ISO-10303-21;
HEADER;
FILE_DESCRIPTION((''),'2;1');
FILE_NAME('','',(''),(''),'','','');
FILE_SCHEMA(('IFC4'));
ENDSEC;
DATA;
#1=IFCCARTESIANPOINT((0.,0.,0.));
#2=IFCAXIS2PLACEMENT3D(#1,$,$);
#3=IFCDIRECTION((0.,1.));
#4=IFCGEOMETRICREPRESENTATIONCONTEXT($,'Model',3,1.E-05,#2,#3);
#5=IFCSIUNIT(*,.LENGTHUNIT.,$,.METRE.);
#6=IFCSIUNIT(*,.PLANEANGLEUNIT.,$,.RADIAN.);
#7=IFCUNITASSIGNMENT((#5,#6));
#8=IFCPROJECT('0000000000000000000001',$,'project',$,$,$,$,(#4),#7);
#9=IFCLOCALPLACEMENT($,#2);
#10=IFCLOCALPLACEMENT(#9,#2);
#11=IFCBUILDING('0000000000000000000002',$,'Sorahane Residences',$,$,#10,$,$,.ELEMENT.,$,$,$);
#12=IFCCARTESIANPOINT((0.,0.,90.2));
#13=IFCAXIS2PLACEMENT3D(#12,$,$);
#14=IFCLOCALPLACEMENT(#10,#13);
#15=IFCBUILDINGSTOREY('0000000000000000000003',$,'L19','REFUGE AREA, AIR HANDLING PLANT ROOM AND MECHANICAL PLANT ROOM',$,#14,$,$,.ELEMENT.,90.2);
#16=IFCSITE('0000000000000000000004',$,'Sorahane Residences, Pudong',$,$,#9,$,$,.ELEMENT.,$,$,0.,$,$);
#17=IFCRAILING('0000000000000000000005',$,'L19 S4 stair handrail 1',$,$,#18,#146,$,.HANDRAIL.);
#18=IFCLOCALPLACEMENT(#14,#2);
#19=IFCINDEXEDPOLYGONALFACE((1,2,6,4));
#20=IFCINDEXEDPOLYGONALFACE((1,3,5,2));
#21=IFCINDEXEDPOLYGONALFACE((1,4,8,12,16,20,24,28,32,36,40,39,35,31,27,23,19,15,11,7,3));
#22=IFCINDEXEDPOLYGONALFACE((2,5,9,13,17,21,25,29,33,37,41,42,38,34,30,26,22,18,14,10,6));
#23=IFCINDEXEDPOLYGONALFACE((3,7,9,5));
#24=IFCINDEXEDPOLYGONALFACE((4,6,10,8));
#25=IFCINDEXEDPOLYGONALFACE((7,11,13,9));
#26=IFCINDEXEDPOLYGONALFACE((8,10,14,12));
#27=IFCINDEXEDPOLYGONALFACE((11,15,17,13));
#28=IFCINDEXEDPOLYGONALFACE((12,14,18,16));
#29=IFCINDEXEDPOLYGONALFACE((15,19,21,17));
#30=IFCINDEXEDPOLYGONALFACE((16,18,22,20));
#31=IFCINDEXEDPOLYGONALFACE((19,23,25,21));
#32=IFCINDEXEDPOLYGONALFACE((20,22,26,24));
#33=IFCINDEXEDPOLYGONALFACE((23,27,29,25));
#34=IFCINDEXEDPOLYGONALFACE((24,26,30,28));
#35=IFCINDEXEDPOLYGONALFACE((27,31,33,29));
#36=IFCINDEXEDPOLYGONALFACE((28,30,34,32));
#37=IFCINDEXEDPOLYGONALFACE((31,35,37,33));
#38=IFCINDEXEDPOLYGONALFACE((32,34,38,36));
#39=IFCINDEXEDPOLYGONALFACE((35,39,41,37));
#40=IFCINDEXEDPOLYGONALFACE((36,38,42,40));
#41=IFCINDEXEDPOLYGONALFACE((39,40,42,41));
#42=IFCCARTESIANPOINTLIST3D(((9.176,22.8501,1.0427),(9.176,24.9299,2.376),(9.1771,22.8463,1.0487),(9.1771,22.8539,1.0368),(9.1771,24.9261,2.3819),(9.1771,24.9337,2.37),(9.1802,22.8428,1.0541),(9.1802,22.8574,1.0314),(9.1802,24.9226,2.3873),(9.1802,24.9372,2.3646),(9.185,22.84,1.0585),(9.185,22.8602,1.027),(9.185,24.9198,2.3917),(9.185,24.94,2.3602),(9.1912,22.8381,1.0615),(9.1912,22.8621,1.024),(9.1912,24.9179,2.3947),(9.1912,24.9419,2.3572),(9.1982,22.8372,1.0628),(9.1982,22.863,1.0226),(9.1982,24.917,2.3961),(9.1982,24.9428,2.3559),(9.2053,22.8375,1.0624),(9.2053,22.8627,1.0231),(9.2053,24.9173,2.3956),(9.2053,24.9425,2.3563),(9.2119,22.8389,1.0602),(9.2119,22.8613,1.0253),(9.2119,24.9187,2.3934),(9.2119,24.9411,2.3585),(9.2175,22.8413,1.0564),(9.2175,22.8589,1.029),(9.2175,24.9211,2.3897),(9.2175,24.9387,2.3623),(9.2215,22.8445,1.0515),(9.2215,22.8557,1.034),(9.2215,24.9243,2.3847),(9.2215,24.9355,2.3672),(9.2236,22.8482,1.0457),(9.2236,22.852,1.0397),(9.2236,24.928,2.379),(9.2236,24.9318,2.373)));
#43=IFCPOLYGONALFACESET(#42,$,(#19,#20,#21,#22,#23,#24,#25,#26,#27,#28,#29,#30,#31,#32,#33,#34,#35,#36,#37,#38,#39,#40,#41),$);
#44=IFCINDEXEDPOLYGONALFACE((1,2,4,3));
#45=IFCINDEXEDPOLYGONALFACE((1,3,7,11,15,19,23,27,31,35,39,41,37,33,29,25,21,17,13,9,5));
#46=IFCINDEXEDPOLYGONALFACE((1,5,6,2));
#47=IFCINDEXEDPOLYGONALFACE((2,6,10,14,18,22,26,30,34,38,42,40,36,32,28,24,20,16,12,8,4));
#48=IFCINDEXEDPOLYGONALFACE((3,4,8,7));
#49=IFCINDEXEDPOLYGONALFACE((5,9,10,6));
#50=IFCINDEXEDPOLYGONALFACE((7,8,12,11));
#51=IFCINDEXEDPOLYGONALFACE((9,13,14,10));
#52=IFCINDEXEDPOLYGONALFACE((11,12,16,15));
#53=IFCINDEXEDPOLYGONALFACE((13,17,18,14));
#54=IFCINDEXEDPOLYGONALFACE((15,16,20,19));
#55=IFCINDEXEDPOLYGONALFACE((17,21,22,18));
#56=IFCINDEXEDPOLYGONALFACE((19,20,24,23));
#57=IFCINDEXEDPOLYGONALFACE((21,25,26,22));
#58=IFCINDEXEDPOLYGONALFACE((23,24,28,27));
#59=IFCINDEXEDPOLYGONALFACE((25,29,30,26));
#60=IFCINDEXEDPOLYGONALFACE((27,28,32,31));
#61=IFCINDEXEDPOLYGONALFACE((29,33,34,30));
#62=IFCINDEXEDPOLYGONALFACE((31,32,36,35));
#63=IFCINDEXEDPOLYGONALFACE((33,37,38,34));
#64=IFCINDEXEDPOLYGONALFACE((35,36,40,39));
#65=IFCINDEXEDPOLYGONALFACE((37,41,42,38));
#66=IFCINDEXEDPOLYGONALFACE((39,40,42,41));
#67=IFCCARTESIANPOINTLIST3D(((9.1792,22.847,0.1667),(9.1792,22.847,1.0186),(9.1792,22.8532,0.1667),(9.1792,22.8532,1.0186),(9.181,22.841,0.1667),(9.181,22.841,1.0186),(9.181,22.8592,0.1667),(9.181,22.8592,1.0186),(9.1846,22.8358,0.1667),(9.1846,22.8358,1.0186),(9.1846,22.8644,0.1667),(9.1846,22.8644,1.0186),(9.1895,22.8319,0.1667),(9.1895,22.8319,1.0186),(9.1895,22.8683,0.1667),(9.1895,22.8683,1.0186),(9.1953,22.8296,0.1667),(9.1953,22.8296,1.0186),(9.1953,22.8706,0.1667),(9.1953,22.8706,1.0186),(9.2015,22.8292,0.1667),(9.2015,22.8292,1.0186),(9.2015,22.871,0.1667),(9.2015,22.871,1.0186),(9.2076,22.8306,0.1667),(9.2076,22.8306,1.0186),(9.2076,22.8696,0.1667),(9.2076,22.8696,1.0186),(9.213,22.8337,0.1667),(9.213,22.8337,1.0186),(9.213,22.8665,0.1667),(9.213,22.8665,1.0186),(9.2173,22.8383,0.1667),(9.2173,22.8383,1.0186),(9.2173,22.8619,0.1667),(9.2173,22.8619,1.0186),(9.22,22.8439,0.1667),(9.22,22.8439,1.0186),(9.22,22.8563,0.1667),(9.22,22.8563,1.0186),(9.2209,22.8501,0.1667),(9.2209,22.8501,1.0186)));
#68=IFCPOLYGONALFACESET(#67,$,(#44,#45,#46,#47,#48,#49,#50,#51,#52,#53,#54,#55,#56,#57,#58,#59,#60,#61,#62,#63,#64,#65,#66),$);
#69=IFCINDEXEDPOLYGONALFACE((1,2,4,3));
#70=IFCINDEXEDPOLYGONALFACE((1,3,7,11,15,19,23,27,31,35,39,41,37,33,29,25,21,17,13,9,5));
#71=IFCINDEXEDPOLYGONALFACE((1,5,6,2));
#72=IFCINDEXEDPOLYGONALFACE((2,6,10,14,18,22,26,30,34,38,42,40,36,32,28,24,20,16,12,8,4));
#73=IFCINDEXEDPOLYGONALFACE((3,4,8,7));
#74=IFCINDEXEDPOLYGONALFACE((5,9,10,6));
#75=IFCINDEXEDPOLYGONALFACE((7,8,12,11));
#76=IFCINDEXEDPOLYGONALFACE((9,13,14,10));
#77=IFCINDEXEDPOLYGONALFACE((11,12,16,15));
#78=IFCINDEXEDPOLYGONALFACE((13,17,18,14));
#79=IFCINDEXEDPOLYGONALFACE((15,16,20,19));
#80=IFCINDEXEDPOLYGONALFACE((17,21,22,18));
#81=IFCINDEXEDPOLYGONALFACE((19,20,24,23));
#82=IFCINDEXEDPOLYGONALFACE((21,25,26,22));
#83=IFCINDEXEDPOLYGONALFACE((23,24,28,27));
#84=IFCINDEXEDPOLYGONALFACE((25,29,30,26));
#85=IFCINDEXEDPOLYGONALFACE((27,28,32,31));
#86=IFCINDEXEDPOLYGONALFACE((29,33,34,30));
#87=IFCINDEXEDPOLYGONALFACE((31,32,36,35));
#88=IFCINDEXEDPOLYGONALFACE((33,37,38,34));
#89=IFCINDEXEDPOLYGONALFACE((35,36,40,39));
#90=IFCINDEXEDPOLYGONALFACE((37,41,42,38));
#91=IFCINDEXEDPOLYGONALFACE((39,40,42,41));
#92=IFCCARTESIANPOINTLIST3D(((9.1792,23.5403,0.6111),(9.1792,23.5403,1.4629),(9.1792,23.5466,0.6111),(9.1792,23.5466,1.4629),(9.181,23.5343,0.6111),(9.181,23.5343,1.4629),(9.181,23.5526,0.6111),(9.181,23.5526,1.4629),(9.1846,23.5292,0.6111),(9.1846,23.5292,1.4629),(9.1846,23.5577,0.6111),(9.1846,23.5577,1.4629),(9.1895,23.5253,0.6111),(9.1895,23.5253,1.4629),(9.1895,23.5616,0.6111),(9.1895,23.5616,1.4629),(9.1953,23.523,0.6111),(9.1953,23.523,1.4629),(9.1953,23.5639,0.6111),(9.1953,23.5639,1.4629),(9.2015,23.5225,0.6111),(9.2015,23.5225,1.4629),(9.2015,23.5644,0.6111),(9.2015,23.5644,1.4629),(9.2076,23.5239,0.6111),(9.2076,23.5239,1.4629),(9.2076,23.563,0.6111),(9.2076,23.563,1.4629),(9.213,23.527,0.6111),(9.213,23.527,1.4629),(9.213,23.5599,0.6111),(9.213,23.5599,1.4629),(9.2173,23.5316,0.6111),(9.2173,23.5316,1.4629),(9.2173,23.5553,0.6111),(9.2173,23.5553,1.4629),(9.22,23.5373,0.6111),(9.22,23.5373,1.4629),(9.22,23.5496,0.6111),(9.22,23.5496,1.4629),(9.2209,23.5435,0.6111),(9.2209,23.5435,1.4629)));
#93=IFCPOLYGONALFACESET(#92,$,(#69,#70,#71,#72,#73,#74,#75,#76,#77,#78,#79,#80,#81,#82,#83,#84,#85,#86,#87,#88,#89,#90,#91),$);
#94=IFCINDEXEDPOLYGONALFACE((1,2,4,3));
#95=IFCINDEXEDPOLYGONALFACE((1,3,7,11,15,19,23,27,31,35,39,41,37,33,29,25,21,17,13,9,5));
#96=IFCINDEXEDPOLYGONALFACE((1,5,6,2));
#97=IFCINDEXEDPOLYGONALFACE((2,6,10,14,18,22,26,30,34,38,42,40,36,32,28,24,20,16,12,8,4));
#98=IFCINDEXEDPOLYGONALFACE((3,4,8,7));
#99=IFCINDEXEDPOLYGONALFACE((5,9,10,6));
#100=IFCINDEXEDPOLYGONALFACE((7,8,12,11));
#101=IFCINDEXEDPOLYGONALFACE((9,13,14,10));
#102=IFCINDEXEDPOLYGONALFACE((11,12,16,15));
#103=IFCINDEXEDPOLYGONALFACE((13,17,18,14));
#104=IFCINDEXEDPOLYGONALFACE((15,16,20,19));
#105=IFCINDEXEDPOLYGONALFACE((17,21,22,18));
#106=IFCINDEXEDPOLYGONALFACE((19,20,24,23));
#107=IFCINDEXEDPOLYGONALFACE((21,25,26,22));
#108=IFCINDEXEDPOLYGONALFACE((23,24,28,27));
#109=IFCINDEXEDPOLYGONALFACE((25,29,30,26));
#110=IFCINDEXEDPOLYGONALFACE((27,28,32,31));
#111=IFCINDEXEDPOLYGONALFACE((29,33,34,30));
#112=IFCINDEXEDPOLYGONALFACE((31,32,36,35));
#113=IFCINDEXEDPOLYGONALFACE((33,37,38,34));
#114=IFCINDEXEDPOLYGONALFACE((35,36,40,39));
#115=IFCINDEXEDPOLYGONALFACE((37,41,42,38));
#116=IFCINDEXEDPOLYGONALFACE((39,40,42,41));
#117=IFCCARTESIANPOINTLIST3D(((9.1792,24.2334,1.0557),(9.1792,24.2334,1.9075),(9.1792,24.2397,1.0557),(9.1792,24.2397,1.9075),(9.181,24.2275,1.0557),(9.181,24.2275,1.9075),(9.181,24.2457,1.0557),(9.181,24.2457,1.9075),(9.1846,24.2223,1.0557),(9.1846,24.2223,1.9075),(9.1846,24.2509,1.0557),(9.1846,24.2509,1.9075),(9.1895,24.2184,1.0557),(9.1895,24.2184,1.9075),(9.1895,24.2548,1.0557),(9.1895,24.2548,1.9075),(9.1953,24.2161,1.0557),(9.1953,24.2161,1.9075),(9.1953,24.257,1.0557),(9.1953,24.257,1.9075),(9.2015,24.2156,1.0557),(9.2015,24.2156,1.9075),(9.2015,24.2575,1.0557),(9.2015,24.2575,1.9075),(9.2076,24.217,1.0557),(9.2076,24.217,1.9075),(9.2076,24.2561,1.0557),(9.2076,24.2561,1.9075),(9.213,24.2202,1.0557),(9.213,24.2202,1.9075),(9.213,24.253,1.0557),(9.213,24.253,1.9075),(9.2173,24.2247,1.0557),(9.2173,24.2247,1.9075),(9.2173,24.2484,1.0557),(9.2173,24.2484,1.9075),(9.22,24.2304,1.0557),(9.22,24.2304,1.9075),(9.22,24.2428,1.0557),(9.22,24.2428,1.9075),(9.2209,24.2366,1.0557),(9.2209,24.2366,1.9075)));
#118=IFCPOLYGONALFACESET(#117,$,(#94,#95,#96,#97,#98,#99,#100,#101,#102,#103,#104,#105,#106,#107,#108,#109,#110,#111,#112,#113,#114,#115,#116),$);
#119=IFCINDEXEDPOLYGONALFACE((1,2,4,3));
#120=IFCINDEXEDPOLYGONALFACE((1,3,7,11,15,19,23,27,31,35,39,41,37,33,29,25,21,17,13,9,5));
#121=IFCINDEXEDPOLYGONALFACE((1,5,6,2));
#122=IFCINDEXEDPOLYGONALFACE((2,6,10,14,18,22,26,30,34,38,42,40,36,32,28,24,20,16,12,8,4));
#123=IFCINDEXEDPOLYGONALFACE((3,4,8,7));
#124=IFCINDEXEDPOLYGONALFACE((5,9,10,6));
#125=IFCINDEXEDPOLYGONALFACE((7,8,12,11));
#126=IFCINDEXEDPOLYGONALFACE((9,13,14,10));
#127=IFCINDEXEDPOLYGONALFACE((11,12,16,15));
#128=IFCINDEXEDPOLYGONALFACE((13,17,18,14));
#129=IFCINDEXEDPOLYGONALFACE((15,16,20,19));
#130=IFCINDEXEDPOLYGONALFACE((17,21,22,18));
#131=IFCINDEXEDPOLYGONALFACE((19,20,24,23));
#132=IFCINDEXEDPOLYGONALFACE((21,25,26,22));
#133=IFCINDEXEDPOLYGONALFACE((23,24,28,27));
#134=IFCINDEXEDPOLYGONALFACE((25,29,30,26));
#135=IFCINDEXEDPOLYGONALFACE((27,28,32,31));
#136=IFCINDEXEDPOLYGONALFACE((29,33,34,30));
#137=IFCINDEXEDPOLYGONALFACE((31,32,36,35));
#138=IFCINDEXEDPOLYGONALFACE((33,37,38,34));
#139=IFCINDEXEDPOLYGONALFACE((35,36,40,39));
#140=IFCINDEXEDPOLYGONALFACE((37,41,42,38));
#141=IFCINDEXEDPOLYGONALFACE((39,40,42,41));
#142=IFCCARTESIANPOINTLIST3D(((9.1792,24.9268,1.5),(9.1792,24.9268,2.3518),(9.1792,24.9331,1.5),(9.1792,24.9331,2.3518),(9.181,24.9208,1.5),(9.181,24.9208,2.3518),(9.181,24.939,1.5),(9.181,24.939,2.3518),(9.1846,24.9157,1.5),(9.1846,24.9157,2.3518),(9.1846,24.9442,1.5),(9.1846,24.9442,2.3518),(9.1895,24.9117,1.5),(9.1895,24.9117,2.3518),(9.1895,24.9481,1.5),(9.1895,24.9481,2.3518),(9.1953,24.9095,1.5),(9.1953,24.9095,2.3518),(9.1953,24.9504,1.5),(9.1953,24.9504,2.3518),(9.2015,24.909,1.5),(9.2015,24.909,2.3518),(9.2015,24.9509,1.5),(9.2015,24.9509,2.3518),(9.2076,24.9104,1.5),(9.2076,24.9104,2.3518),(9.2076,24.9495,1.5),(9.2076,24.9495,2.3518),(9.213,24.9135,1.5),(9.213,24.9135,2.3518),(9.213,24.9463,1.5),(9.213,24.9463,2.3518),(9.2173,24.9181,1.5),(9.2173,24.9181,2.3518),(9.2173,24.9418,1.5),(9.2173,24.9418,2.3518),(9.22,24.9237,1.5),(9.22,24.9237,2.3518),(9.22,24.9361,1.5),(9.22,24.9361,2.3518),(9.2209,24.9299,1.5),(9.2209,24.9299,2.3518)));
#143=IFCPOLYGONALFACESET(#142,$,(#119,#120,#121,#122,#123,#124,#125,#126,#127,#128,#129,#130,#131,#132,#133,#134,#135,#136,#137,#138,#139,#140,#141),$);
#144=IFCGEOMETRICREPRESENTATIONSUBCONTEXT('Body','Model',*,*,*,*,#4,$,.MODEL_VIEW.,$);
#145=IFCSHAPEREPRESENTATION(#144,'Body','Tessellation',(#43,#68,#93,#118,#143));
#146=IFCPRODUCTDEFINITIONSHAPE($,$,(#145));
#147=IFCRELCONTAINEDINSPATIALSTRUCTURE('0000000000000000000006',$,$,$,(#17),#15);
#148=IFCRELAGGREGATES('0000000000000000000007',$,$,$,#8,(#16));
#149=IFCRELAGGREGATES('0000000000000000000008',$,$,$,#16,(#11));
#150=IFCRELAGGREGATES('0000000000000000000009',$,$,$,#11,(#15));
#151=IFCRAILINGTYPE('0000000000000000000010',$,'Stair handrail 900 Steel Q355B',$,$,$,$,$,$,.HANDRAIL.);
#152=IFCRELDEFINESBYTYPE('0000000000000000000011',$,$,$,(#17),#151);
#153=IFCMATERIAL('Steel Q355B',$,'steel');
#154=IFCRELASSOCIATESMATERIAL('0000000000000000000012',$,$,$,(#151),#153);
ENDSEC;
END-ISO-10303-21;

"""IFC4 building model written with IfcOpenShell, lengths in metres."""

from ifc_helpers import new_model, si_unit, direction, frame, origin, origin_2d, place, context, subcontext, project, spatial, circle, extrude, material, type_object, element, save


model = new_model("IFC4")

# Units and contexts
model_context = context("Model", 3, precision=1e-05, world=origin(), true_north=direction((0.0, 1.0)))
body_context = subcontext(model_context, "Body", "Model", "MODEL_VIEW")
ifc_project = project(units=[si_unit("LENGTHUNIT", "METRE"), si_unit("PLANEANGLEUNIT", "RADIAN")], contexts=[model_context])

# Site, building, storey
site_placement = place(None, origin())
site = spatial("IfcSite", under=ifc_project, at=site_placement, Name="Sorahane Residences, Pudong", CompositionType="ELEMENT", RefElevation=0.0)
building_placement = place(site_placement, origin())
building = spatial("IfcBuilding", under=site, at=building_placement, Name="Sorahane Residences", CompositionType="ELEMENT")
storey_placement = place(building_placement, frame((0.0, 0.0, 90.2)))
storey = spatial("IfcBuildingStorey", under=building, at=storey_placement, Name="L19", Description="REFUGE AREA, AIR HANDLING PLANT ROOM AND MECHANICAL PLANT ROOM", CompositionType="ELEMENT", Elevation=90.2)

# Railing
ifc_material_1 = material(Name="Steel Q355B", Category="steel")
railing_type_1 = type_object("IfcRailingType", Name="Stair handrail 900 Steel Q355B", PredefinedType="HANDRAIL", material=ifc_material_1)
railing_1_placement = place(storey_placement, frame((9.2, 22.8501, 0.1667)))
element("IfcRailing", 1, at=railing_1_placement, inside=storey, type_object=railing_type_1, Name="L19 S4 stair handrail 1", PredefinedType="HANDRAIL", context=body_context, shape_type="SweptSolid", body=[
    extrude(circle(Radius=0.0239, at=origin_2d()), frame((0.0, 0.0, 0.876), z_axis=(0.0, 0.841875, 0.539673), x_axis=(-1.0, 0.0, 0.0)), (0.0, 0.0, 1.0), 2.4705),
    extrude(circle(Radius=0.021, at=origin_2d()), origin(), (0.0, 0.0, 1.0), 0.8518),
    extrude(circle(Radius=0.021, at=origin_2d()), frame((0.0, 0.6934, 0.4443)), (0.0, 0.0, 1.0), 0.8518),
    extrude(circle(Radius=0.021, at=origin_2d()), frame((0.0, 1.3865, 0.8889)), (0.0, 0.0, 1.0), 0.8518),
    extrude(circle(Radius=0.021, at=origin_2d()), frame((0.0, 2.0798, 1.3333)), (0.0, 0.0, 1.0), 0.8518),
])

save(model, "model.ifc")
